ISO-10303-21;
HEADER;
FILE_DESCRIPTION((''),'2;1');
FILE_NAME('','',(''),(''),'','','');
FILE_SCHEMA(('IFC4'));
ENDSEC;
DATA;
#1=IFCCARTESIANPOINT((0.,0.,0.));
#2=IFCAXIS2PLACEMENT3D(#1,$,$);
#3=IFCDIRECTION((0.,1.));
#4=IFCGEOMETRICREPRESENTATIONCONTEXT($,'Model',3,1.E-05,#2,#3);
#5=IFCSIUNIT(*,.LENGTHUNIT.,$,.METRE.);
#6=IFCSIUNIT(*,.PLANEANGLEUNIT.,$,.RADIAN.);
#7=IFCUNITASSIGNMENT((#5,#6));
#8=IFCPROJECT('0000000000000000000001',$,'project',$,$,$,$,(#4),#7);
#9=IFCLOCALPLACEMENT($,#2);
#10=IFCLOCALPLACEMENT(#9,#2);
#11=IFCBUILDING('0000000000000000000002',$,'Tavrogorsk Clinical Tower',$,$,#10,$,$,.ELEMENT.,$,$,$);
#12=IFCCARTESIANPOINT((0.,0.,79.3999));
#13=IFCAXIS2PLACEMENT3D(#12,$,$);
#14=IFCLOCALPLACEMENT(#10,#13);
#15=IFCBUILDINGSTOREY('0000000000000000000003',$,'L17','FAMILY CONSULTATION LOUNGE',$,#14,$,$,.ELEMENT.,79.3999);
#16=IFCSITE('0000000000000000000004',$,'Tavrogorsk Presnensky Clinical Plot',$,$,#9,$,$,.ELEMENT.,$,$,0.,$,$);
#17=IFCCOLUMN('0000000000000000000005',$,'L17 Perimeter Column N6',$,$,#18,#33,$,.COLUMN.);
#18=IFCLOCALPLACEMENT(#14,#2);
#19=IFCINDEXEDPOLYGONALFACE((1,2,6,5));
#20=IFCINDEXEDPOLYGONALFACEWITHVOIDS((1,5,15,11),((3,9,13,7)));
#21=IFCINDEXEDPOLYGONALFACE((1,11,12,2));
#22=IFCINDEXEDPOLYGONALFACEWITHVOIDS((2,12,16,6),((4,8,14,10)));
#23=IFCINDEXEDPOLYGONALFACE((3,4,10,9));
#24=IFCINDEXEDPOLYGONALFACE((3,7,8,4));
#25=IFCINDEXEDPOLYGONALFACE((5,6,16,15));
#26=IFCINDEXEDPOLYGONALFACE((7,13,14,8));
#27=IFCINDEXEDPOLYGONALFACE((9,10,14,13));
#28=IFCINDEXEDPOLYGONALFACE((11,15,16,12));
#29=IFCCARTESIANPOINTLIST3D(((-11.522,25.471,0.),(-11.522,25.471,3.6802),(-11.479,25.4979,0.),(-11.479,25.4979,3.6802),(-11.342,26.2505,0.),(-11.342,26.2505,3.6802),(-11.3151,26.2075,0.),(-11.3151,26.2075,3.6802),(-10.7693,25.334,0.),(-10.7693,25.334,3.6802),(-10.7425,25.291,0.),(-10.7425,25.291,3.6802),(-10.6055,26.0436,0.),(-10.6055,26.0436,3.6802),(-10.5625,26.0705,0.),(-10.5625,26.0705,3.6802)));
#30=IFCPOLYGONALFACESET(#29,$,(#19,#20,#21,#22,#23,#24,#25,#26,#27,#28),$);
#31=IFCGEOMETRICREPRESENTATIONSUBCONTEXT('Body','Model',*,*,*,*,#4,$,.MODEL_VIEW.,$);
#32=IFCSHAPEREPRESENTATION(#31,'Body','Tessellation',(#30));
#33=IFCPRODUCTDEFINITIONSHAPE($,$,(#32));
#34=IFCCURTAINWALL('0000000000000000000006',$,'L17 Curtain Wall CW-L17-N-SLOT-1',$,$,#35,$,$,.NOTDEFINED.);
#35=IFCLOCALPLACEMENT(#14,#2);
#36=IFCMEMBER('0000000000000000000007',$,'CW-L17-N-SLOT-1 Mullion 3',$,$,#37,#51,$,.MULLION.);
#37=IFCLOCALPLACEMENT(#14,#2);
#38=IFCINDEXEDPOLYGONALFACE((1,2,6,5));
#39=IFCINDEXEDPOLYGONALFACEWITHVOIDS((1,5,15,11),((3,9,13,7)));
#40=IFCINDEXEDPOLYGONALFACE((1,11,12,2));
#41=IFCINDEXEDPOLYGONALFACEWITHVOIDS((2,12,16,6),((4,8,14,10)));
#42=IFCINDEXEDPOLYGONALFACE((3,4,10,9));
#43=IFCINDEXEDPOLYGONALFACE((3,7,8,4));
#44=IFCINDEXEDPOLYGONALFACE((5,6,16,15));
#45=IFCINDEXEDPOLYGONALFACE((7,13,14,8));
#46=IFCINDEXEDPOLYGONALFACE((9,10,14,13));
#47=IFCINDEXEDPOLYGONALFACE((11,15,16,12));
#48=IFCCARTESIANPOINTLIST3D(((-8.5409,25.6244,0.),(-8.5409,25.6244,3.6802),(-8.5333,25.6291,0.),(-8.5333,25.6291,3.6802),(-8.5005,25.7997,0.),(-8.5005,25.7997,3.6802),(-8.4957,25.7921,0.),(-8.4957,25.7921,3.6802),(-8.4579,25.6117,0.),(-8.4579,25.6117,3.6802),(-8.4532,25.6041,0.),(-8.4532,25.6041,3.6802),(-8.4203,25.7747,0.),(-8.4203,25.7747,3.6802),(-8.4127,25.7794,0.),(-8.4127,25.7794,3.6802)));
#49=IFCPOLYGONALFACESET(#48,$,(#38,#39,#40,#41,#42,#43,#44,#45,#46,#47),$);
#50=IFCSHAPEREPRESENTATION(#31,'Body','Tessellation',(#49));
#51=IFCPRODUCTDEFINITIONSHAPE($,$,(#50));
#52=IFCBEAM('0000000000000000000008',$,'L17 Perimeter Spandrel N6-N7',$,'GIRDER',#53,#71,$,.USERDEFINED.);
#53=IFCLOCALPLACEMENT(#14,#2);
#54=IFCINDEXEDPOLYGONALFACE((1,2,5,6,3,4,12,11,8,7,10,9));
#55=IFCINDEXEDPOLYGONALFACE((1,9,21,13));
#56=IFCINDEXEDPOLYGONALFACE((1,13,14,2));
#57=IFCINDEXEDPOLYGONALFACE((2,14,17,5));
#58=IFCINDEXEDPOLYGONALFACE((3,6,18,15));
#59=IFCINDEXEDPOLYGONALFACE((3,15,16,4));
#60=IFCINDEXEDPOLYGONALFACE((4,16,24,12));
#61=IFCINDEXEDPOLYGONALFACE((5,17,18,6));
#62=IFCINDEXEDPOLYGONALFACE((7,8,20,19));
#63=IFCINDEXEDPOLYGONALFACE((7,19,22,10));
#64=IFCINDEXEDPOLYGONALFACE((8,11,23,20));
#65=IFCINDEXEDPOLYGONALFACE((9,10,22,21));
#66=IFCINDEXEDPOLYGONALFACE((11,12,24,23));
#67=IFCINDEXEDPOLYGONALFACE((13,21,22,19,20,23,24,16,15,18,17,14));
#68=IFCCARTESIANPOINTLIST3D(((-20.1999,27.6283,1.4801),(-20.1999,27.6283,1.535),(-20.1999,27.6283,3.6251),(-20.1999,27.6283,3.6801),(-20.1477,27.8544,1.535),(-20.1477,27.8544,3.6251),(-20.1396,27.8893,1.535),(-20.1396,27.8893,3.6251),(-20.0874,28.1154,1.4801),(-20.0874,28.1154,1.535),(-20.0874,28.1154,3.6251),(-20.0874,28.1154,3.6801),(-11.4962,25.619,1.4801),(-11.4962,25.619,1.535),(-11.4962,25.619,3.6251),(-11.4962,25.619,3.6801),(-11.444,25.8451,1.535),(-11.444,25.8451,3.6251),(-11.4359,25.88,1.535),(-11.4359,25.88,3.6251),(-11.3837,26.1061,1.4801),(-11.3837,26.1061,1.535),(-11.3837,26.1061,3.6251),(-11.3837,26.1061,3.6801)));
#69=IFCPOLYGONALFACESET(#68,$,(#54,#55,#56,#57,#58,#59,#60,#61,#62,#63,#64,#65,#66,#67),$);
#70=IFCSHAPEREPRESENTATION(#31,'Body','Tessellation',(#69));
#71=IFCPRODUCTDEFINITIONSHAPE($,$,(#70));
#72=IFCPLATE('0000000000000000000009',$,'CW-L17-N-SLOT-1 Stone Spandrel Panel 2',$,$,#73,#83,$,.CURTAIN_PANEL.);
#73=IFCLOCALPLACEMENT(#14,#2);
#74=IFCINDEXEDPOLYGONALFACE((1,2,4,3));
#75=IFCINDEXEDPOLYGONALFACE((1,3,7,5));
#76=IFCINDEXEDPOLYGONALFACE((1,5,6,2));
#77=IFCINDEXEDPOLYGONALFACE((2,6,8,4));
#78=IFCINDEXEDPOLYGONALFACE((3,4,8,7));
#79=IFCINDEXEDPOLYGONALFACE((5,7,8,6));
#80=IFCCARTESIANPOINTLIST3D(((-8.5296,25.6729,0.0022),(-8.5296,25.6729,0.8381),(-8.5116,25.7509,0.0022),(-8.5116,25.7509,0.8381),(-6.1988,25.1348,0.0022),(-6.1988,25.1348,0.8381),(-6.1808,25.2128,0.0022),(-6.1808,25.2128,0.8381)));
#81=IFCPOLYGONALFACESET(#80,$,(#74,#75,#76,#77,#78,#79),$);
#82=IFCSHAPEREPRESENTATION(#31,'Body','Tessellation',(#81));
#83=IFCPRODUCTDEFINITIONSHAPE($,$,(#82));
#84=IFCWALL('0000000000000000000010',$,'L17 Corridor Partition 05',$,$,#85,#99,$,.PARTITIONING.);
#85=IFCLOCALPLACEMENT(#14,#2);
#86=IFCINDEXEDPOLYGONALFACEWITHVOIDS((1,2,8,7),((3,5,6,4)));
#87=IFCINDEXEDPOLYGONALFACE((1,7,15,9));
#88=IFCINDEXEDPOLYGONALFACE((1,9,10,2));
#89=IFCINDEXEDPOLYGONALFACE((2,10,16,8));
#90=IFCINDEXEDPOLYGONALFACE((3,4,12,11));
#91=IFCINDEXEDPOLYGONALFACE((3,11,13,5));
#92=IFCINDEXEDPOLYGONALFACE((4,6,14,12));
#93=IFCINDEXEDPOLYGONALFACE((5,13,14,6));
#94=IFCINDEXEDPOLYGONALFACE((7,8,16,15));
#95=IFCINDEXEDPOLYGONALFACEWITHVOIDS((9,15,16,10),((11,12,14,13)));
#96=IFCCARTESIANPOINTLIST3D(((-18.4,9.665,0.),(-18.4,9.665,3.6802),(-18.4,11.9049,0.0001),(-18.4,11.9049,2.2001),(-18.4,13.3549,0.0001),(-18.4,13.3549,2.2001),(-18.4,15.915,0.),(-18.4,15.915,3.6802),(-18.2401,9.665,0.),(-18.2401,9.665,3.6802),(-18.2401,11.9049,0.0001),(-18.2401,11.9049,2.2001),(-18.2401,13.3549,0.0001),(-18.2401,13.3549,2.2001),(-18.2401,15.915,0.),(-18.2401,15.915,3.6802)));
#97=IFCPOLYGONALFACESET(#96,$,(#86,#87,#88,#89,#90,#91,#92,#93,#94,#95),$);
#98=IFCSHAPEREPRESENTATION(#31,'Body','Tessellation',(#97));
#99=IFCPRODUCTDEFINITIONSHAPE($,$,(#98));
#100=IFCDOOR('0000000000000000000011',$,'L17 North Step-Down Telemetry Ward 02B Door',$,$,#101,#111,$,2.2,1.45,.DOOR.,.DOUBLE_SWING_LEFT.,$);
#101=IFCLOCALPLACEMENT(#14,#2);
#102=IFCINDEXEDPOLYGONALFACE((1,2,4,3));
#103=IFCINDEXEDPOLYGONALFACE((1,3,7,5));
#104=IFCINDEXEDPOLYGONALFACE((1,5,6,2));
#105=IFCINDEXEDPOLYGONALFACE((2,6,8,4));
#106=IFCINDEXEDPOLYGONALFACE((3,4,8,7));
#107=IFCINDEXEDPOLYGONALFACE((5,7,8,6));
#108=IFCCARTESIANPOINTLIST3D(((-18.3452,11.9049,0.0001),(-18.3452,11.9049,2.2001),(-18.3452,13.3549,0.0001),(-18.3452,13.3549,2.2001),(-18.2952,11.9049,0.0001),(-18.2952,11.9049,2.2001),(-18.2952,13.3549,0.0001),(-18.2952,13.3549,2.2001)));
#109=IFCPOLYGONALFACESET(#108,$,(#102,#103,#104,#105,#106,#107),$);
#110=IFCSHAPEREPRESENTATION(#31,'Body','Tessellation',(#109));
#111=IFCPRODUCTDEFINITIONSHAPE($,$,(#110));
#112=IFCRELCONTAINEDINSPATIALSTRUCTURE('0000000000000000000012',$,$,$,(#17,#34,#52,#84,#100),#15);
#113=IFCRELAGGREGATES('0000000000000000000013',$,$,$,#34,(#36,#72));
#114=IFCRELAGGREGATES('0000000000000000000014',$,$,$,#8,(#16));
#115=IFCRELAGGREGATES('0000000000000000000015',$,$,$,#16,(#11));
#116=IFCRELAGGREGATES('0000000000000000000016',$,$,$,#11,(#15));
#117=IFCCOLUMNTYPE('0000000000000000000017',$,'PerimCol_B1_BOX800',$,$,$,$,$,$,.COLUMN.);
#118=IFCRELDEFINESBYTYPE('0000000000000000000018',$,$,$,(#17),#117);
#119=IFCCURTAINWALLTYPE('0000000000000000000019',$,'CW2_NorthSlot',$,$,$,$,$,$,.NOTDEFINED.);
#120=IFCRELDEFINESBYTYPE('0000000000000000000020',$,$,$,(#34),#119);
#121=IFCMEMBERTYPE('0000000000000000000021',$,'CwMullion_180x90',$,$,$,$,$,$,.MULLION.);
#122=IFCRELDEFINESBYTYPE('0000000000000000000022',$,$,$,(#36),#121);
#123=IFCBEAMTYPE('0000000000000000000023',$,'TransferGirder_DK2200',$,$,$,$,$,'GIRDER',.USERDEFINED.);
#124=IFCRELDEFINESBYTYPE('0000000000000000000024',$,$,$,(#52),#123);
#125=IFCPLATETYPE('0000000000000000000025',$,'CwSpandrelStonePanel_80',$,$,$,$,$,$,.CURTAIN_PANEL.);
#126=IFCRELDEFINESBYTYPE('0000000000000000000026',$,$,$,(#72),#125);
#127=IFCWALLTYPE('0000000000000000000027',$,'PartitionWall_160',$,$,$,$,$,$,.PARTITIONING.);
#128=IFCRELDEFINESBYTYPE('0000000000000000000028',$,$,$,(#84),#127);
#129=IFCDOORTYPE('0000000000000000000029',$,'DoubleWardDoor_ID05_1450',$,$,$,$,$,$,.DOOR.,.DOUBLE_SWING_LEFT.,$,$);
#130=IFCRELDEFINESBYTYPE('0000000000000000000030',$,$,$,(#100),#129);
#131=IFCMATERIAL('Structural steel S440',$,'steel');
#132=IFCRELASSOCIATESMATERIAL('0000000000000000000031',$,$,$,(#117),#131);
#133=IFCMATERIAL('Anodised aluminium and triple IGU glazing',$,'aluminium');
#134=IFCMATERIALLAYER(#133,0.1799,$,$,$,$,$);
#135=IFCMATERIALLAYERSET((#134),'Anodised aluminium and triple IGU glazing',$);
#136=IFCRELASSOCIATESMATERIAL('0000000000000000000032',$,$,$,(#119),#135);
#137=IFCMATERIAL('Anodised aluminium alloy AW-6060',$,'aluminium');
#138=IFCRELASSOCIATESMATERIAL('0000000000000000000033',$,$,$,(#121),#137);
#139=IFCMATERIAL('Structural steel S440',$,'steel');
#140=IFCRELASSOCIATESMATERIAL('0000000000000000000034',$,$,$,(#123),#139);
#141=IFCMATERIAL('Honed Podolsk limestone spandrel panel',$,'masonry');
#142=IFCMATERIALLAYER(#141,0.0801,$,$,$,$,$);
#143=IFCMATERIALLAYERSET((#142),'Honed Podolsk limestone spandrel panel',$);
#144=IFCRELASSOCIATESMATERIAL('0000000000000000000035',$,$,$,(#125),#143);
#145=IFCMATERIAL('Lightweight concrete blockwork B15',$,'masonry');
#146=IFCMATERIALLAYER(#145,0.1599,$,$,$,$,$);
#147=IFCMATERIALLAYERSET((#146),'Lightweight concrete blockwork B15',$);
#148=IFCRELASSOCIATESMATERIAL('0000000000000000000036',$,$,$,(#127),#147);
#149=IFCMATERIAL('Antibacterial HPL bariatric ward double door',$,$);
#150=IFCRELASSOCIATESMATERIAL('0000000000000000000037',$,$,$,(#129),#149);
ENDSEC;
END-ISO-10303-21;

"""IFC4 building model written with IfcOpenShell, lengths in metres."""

from ifc_helpers import new_model, si_unit, direction, frame, frame_2d, origin, origin_2d, place, context, subcontext, project, spatial, rectangle, hollow_rectangle, i_section, extrude, material, layer, layer_set, material_profile, profile_set, type_object, element, fill, aggregate, save


model = new_model("IFC4")

# Units and contexts
model_context = context("Model", 3, precision=1e-05, world=origin(), true_north=direction((0.0, 1.0)))
body_context = subcontext(model_context, "Body", "Model", "MODEL_VIEW")
ifc_project = project(units=[si_unit("LENGTHUNIT", "METRE"), si_unit("PLANEANGLEUNIT", "RADIAN")], contexts=[model_context])

# Site, building, storey
site_placement = place(None, origin())
site = spatial("IfcSite", under=ifc_project, at=site_placement, Name="Tavrogorsk Presnensky Clinical Plot", CompositionType="ELEMENT", RefElevation=0.0)
building_placement = place(site_placement, origin())
building = spatial("IfcBuilding", under=site, at=building_placement, Name="Tavrogorsk Clinical Tower", CompositionType="ELEMENT")
storey_placement = place(building_placement, frame((0.0, 0.0, 79.3999)))
storey = spatial("IfcBuildingStorey", under=building, at=storey_placement, Name="L17", Description="FAMILY CONSULTATION LOUNGE", CompositionType="ELEMENT", Elevation=79.3999)

# Column
ifc_material_1 = material(Name="Structural steel S440", Category="steel")
ifc_material_profile_1 = material_profile(ifc_material_1, hollow_rectangle(XDim=0.8, YDim=0.8, WallThickness=0.0359, at=origin_2d()), Name="BOX-800x800x36")
ifc_profile_set_1 = profile_set([ifc_material_profile_1], Name="Structural steel S440")
column_type = type_object("IfcColumnType", Name="PerimCol_B1_BOX800", PredefinedType="COLUMN", material=ifc_profile_set_1)
column_placement = place(storey_placement, frame((-11.0422, 25.7708, 0.0), z_axis=(0.0, 0.0, 1.0), x_axis=(0.97437, -0.224951, 0.0)))
element("IfcColumn", 1, at=column_placement, inside=storey, type_object=column_type, Name="L17 Perimeter Column N6", PredefinedType="COLUMN", context=body_context, shape_type="SweptSolid", body=[
    extrude(hollow_rectangle(XDim=0.8, YDim=0.8, WallThickness=0.0359, at=origin_2d()), origin(), (0.0, 0.0, 1.0), 3.6802),
])

# Curtain wall, member
ifc_material_2 = material(Name="Anodised aluminium and triple IGU glazing", Category="aluminium")
ifc_layer_1 = layer(ifc_material_2, 0.1799)
ifc_layer_set_1 = layer_set([ifc_layer_1], Name="Anodised aluminium and triple IGU glazing")
curtain_wall_type = type_object("IfcCurtainWallType", Name="CW2_NorthSlot", PredefinedType="NOTDEFINED", material=ifc_layer_set_1)
curtain_wall_placement = place(storey_placement, origin())
curtain_wall = element("IfcCurtainWall", 2, at=curtain_wall_placement, inside=storey, type_object=curtain_wall_type, Name="L17 Curtain Wall CW-L17-N-SLOT-1", PredefinedType="NOTDEFINED")
ifc_material_3 = material(Name="Anodised aluminium alloy AW-6060", Category="aluminium")
ifc_material_profile_2 = material_profile(ifc_material_3, hollow_rectangle(XDim=0.0901, YDim=0.1799, WallThickness=0.0063, at=origin_2d()), Name="RHS-180x90x6.3")
ifc_profile_set_2 = profile_set([ifc_material_profile_2], Name="Anodised aluminium alloy AW-6060")
member_type = type_object("IfcMemberType", Name="CwMullion_180x90", PredefinedType="MULLION", material=ifc_profile_set_2)
member_placement = place(storey_placement, frame((-8.4768, 25.7019, 0.0), z_axis=(0.0, 0.0, 1.0), x_axis=(-0.97437, 0.224951, 0.0)))
member = element("IfcMember", 3, at=member_placement, type_object=member_type, Name="CW-L17-N-SLOT-1 Mullion 3", PredefinedType="MULLION", context=body_context, shape_type="SweptSolid", body=[
    extrude(hollow_rectangle(XDim=0.0901, YDim=0.1799, WallThickness=0.0063, at=origin_2d()), origin(), (0.0, 0.0, 1.0), 3.6802),
])

# Beam
ifc_material_4 = material(Name="Structural steel S440", Category="steel")
ifc_material_profile_3 = material_profile(ifc_material_4, i_section(OverallWidth=0.5, OverallDepth=2.2, WebThickness=0.0359, FlangeThickness=0.0549, at=origin_2d()), Name="DK-2200x500x36x55")
ifc_profile_set_3 = profile_set([ifc_material_profile_3], Name="Structural steel S440")
beam_type = type_object("IfcBeamType", Name="TransferGirder_DK2200", ElementType="GIRDER", PredefinedType="USERDEFINED", material=ifc_profile_set_3)
beam_placement = place(storey_placement, frame((-11.4399, 25.8625, 2.5801), z_axis=(-0.974373, 0.224939, 0.0), x_axis=(-0.224939, -0.974373, 0.0)))
element("IfcBeam", 4, at=beam_placement, inside=storey, type_object=beam_type, Name="L17 Perimeter Spandrel N6-N7", ObjectType="GIRDER", PredefinedType="USERDEFINED", context=body_context, shape_type="SweptSolid", body=[
    extrude(i_section(OverallWidth=0.5, OverallDepth=2.2, WebThickness=0.0359, FlangeThickness=0.0549, at=origin_2d()), origin(), (0.0, 0.0, 1.0), 8.9326),
])

# Plate
ifc_material_5 = material(Name="Honed Podolsk limestone spandrel panel", Category="masonry")
ifc_layer_2 = layer(ifc_material_5, 0.0801)
ifc_layer_set_2 = layer_set([ifc_layer_2], Name="Honed Podolsk limestone spandrel panel")
plate_type = type_object("IfcPlateType", Name="CwSpandrelStonePanel_80", PredefinedType="CURTAIN_PANEL", material=ifc_layer_set_2)
plate_placement = place(storey_placement, frame((-7.3552, 25.4429, 0.0022), z_axis=(0.0, 0.0, 1.0), x_axis=(-0.97437, 0.224951, 0.0)))
plate = element("IfcPlate", 5, at=plate_placement, type_object=plate_type, Name="CW-L17-N-SLOT-1 Stone Spandrel Panel 2", PredefinedType="CURTAIN_PANEL", context=body_context, shape_type="SweptSolid", body=[
    extrude(rectangle(XDim=2.3921, YDim=0.0801, at=origin_2d()), origin(), (0.0, 0.0, 1.0), 0.8359),
])
aggregate(curtain_wall, [member, plate])

# Wall, opening, door
ifc_material_6 = material(Name="Lightweight concrete blockwork B15", Category="masonry")
ifc_layer_3 = layer(ifc_material_6, 0.1599)
ifc_layer_set_3 = layer_set([ifc_layer_3], Name="Lightweight concrete blockwork B15")
wall_type_1 = type_object("IfcWallType", Name="PartitionWall_160", PredefinedType="PARTITIONING", material=ifc_layer_set_3)
wall_1_placement = place(storey_placement, frame((-18.3201, 15.915, 0.0), z_axis=(0.0, 0.0, 1.0), x_axis=(0.0, -1.0, 0.0)))
wall_1 = element("IfcWall", 6, at=wall_1_placement, inside=storey, type_object=wall_type_1, Name="L17 Corridor Partition 05", PredefinedType="PARTITIONING", context=body_context, shape_type="SweptSolid", body=[
    extrude(rectangle(XDim=6.25, YDim=0.1599, at=frame_2d((3.125, 0.0))), origin(), (0.0, 0.0, 1.0), 3.6802),
])
opening_1_placement = place(wall_1_placement, frame((2.5601, 0.0, 0.0)))
opening_1 = element("IfcOpeningElement", 7, at=opening_1_placement, cuts=wall_1, PredefinedType="OPENING", context=body_context, shape_type="SweptSolid", body=[
    extrude(rectangle(XDim=1.45, YDim=2.2, at=frame_2d((0.7251, 1.1001))), frame((0.0, 0.0898, 0.0), z_axis=(0.0, -1.0, 0.0), x_axis=(1.0, 0.0, 0.0)), (0.0, 0.0, 1.0), 0.1799),
])
ifc_material_7 = material(Name="Antibacterial HPL bariatric ward double door")
door_type_1 = type_object("IfcDoorType", Name="DoubleWardDoor_ID05_1450", OperationType="DOUBLE_SWING_LEFT", PredefinedType="DOOR", material=ifc_material_7)
door_1_placement = place(opening_1_placement, origin())
door_1 = element("IfcDoor", 8, at=door_1_placement, inside=storey, type_object=door_type_1, Name="L17 North Step-Down Telemetry Ward 02B Door", OperationType="DOUBLE_SWING_LEFT", OverallHeight=2.2, OverallWidth=1.45, PredefinedType="DOOR", context=body_context, shape_type="SweptSolid", body=[
    extrude(rectangle(XDim=1.45, YDim=2.2, at=frame_2d((0.7251, 1.1001))), frame((0.0, 0.0249, 0.0), z_axis=(0.0, -1.0, 0.0), x_axis=(1.0, 0.0, 0.0)), (0.0, 0.0, 1.0), 0.05),
])
fill(opening_1, door_1)

save(model, "model.ifc")
